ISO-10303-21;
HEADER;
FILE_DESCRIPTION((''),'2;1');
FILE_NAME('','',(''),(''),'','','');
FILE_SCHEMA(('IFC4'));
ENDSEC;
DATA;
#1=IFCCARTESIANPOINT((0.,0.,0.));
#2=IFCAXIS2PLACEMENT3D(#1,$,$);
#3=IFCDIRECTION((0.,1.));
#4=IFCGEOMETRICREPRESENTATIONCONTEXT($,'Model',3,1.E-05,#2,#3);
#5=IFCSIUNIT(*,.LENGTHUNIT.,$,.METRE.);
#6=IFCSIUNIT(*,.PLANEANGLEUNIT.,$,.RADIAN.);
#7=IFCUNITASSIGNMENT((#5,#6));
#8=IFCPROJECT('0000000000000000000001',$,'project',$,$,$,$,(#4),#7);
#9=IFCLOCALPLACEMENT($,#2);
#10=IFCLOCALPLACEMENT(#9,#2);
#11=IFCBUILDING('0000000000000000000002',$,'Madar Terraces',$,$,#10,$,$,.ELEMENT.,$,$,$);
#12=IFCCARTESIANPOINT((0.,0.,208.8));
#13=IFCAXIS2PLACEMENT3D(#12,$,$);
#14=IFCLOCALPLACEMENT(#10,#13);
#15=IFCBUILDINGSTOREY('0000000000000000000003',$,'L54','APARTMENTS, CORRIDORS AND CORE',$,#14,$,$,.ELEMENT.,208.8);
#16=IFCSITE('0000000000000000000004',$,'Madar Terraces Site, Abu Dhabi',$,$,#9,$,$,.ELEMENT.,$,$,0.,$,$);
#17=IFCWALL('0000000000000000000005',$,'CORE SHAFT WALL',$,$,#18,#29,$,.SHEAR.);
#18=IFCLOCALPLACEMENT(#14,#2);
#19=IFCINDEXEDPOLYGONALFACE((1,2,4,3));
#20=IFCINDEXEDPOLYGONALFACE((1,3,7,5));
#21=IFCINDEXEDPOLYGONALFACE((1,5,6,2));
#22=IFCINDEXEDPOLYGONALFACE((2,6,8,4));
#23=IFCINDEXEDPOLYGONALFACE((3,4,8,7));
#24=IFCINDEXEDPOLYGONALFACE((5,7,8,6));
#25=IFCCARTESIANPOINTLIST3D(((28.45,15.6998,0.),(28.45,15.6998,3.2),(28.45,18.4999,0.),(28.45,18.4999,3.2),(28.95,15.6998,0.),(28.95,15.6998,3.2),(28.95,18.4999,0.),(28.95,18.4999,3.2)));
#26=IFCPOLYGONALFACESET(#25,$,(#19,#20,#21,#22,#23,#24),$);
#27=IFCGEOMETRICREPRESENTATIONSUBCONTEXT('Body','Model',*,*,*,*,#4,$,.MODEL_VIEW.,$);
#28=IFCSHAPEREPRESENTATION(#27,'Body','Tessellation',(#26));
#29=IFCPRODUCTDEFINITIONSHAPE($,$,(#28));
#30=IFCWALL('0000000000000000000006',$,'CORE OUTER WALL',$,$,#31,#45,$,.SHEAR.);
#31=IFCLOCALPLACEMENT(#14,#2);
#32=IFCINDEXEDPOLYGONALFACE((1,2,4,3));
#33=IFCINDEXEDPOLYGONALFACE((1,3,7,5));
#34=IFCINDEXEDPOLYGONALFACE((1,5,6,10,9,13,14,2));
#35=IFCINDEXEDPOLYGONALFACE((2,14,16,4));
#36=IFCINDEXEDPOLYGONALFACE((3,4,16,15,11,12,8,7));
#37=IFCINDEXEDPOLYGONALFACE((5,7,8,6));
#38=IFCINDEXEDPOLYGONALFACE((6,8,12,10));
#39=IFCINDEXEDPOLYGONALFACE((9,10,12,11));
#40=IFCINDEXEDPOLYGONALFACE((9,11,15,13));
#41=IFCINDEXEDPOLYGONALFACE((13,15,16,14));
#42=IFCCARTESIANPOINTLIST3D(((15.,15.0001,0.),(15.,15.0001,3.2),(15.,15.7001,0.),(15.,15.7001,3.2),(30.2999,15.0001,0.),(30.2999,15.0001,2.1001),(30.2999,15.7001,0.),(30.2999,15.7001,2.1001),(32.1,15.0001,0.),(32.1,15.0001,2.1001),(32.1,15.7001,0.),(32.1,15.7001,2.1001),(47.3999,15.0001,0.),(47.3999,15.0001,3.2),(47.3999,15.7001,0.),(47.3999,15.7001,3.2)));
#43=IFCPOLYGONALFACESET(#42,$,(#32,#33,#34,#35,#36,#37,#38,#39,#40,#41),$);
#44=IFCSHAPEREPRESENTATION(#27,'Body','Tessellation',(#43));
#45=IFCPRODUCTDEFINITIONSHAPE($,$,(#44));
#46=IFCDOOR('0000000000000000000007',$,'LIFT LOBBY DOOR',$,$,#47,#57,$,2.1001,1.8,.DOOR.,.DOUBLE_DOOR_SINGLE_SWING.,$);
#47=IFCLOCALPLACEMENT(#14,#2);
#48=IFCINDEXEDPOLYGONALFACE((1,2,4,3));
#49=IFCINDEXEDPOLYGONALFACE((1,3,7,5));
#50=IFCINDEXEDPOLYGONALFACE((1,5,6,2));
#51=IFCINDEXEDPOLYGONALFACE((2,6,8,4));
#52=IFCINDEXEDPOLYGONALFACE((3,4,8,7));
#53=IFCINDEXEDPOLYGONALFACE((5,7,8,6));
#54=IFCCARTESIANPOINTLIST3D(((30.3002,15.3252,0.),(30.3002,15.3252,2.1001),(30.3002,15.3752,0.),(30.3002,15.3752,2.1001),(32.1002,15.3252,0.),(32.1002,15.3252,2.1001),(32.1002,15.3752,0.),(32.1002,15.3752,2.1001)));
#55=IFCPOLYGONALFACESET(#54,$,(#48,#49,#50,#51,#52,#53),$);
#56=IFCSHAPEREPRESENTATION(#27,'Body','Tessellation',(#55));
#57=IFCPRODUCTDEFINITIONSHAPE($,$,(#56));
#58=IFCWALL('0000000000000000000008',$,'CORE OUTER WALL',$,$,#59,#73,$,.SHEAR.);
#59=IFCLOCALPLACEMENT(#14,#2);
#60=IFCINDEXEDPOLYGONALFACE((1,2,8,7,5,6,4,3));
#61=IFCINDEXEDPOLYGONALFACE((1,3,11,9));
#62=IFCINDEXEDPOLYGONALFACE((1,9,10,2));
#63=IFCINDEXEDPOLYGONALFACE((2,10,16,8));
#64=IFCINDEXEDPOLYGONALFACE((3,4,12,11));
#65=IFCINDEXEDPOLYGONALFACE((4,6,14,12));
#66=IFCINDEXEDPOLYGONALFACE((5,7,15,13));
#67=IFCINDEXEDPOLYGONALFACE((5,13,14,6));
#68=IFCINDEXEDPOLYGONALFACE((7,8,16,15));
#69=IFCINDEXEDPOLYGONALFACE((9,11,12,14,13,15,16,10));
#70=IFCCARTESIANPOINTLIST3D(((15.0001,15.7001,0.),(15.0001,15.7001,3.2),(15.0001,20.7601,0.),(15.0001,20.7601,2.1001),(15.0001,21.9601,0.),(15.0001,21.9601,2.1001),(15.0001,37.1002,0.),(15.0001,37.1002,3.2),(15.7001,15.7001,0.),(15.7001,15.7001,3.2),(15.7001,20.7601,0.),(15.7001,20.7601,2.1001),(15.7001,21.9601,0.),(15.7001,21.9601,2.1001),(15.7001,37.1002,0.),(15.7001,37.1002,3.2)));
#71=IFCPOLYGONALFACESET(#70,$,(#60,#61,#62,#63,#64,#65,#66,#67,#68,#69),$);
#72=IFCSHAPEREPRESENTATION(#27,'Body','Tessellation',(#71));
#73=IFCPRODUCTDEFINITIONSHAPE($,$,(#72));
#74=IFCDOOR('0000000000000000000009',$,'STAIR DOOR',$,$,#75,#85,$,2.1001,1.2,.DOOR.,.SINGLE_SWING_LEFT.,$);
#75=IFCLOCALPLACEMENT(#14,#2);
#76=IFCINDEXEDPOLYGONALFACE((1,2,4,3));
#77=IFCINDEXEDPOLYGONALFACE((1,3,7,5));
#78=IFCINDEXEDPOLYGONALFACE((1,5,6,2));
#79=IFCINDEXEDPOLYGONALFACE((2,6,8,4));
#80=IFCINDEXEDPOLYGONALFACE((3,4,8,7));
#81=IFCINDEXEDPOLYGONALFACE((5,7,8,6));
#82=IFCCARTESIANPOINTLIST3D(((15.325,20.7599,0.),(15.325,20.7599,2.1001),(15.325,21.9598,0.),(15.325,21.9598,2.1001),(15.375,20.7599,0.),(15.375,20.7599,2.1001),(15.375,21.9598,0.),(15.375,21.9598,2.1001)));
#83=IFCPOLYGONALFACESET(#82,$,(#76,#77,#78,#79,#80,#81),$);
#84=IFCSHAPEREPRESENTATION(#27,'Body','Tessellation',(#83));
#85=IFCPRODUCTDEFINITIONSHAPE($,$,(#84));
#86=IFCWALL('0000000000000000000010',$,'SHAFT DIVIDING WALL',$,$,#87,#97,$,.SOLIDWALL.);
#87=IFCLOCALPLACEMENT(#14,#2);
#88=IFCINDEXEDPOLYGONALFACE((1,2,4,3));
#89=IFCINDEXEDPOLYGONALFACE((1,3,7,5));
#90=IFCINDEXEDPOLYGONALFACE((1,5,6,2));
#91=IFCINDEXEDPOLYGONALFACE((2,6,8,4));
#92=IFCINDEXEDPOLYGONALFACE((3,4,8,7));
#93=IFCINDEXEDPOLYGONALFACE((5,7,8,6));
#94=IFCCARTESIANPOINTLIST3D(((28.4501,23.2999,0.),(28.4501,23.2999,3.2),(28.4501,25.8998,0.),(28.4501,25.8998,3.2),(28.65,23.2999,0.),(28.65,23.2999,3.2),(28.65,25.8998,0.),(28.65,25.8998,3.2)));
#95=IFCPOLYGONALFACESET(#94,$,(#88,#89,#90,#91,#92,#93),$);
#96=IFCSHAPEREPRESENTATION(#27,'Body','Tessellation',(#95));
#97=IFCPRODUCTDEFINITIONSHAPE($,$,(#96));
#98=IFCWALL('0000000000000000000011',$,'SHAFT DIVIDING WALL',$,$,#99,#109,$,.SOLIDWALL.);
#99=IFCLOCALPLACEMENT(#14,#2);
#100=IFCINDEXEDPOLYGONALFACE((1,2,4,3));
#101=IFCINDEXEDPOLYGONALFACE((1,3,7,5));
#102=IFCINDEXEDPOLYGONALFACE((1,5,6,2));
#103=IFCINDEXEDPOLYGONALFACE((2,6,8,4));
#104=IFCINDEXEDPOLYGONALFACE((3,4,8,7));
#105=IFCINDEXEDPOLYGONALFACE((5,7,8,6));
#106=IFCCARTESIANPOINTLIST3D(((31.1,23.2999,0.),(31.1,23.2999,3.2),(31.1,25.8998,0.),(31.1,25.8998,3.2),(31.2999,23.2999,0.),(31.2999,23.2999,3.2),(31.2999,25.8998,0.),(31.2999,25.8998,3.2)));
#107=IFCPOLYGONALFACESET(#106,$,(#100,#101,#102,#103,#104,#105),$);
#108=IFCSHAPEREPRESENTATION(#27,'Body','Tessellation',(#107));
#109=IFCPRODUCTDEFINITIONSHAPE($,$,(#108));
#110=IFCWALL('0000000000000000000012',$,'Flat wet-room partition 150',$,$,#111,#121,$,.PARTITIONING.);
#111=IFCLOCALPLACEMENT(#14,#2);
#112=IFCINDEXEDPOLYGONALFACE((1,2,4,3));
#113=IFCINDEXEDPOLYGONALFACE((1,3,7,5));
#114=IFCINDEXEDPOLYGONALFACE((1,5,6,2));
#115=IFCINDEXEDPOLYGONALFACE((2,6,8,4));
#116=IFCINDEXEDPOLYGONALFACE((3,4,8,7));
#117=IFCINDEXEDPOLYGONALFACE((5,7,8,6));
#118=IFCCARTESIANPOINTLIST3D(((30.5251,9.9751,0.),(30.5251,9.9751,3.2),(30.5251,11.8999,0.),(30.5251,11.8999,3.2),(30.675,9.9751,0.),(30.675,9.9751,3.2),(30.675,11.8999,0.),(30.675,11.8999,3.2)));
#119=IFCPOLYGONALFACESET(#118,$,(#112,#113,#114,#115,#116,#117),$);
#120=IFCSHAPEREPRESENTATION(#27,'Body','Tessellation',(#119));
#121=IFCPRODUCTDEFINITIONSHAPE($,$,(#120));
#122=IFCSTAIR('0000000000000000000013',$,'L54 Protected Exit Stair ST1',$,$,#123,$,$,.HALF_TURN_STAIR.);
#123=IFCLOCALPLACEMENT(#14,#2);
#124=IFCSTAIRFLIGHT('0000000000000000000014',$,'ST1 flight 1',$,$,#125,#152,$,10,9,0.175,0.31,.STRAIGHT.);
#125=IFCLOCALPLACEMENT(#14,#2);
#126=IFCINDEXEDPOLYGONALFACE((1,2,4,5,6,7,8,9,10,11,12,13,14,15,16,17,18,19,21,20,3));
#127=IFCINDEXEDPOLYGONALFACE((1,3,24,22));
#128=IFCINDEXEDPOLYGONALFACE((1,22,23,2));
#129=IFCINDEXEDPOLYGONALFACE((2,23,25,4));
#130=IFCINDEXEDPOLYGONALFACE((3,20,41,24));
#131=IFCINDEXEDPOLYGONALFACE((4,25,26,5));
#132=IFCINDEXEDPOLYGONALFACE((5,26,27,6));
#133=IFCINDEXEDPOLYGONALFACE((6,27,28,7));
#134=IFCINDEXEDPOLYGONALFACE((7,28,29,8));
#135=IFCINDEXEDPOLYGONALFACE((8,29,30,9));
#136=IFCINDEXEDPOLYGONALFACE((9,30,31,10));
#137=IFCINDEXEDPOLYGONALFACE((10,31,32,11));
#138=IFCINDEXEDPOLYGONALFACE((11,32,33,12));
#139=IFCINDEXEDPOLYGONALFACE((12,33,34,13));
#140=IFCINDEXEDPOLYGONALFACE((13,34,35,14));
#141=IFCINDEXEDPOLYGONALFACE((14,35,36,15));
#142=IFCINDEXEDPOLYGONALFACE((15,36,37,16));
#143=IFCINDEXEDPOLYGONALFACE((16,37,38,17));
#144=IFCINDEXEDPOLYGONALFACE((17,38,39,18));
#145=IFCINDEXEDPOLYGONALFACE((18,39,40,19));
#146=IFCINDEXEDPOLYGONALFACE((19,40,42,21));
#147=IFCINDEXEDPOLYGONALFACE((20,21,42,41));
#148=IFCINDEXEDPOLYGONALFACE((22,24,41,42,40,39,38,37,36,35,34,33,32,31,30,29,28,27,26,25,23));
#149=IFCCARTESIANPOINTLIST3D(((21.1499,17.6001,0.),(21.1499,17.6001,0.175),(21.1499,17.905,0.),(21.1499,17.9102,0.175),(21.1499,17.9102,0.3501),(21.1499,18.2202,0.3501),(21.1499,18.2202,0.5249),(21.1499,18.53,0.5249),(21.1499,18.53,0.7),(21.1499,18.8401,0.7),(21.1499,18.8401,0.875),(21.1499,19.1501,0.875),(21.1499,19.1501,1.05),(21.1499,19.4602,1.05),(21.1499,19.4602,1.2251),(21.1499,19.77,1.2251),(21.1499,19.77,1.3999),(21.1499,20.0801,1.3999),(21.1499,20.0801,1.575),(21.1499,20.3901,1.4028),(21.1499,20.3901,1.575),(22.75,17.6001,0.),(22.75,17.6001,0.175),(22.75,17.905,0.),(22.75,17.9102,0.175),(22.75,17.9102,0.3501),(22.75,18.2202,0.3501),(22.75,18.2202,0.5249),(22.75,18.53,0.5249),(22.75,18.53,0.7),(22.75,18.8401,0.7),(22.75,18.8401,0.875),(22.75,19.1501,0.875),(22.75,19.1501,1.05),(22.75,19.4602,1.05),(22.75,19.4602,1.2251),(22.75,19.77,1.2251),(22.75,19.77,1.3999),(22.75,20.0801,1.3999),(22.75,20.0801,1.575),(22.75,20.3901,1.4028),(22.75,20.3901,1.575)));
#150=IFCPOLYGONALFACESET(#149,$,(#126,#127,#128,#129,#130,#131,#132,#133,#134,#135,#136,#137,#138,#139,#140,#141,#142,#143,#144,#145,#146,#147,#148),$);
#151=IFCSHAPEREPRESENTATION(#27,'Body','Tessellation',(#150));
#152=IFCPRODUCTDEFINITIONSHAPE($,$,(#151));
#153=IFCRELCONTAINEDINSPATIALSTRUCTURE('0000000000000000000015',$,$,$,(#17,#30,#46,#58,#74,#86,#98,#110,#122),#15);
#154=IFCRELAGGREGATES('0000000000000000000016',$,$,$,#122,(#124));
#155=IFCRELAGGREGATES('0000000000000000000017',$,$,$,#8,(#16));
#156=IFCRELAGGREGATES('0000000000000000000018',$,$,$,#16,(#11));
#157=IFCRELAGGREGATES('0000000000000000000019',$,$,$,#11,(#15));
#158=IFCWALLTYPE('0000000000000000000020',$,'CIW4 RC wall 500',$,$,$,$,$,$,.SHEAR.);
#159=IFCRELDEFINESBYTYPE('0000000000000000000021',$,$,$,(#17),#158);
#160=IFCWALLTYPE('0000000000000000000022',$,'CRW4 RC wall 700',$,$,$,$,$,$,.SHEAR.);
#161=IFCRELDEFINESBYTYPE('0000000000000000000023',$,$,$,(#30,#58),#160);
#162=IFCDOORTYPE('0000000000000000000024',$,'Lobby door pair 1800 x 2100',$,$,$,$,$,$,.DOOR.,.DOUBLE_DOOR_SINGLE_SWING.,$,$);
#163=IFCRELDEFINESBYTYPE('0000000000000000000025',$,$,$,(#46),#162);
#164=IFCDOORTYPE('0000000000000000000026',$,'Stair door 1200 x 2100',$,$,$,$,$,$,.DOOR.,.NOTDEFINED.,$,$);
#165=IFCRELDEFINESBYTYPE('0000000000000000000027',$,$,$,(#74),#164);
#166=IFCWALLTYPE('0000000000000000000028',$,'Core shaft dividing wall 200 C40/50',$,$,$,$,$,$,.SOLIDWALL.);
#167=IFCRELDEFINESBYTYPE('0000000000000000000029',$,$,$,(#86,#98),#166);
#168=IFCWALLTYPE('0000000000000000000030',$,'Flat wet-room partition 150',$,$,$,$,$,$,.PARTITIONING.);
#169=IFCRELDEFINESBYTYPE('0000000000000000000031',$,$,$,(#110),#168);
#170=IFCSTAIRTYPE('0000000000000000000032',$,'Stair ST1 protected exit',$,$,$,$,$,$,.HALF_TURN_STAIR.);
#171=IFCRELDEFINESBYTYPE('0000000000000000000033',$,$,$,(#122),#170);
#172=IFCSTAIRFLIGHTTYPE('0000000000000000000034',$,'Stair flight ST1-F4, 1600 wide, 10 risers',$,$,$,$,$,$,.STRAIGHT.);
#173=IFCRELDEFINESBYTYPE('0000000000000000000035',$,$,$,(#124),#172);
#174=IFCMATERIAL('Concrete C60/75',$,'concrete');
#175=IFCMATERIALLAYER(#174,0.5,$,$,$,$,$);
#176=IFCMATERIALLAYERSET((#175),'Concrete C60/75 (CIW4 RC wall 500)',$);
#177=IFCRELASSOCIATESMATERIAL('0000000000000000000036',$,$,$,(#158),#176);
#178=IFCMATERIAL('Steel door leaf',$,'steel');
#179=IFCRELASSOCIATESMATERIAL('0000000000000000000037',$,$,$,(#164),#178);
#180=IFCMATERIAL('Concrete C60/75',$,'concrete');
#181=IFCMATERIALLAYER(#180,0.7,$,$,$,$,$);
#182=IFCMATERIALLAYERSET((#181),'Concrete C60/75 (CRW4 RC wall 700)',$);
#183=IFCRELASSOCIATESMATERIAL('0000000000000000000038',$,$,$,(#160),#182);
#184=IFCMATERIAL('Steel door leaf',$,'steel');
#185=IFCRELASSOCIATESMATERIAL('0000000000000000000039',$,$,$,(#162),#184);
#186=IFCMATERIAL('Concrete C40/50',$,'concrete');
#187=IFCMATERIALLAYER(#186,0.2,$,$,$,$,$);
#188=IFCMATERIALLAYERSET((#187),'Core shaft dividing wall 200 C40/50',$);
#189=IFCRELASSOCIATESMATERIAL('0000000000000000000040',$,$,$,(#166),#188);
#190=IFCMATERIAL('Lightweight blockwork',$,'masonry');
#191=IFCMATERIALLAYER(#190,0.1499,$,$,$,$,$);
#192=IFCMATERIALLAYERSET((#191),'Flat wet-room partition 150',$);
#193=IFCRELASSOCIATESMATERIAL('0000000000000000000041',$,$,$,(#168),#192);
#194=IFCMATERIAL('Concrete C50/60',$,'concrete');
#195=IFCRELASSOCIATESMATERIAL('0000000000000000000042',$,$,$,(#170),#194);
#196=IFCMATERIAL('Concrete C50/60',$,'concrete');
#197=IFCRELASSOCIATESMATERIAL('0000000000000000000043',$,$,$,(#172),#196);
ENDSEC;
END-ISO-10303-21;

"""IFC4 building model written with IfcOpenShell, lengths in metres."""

from ifc_helpers import new_model, si_unit, direction, frame, frame_2d, origin, place, context, subcontext, project, spatial, polyline, rectangle, outline, extrude, material, layer, layer_set, type_object, element, fill, aggregate, save


model = new_model("IFC4")

# Units and contexts
model_context = context("Model", 3, precision=1e-05, world=origin(), true_north=direction((0.0, 1.0)))
body_context = subcontext(model_context, "Body", "Model", "MODEL_VIEW")
ifc_project = project(units=[si_unit("LENGTHUNIT", "METRE"), si_unit("PLANEANGLEUNIT", "RADIAN")], contexts=[model_context])

# Site, building, storey
site_placement = place(None, origin())
site = spatial("IfcSite", under=ifc_project, at=site_placement, Name="Madar Terraces Site, Abu Dhabi", CompositionType="ELEMENT", RefElevation=0.0)
building_placement = place(site_placement, origin())
building = spatial("IfcBuilding", under=site, at=building_placement, Name="Madar Terraces", CompositionType="ELEMENT")
storey_placement = place(building_placement, frame((0.0, 0.0, 208.8)))
storey = spatial("IfcBuildingStorey", under=building, at=storey_placement, Name="L54", Description="APARTMENTS, CORRIDORS AND CORE", CompositionType="ELEMENT", Elevation=208.8)

# Shared definitions
ifc_material_1 = material(Name="Concrete C60/75", Category="concrete")
ifc_layer_1 = layer(ifc_material_1, 0.5)
ifc_layer_set_1 = layer_set([ifc_layer_1], Name="Concrete C60/75 (CIW4 RC wall 500)")
wall_type_1 = type_object("IfcWallType", Name="CIW4 RC wall 500", PredefinedType="SHEAR", material=ifc_layer_set_1)
ifc_material_2 = material(Name="Steel door leaf", Category="steel")
door_type_1 = type_object("IfcDoorType", Name="Stair door 1200 x 2100", OperationType="NOTDEFINED", PredefinedType="DOOR", material=ifc_material_2)

# Wall
wall_1_placement = place(storey_placement, frame((28.7, 15.7, 0.0), z_axis=(0.0, 0.0, 1.0), x_axis=(0.0, 1.0, 0.0)))
element("IfcWall", 1, at=wall_1_placement, inside=storey, type_object=wall_type_1, Name="CORE SHAFT WALL", PredefinedType="SHEAR", context=body_context, shape_type="SweptSolid", body=[
    extrude(rectangle(XDim=2.8, YDim=0.5, at=frame_2d((1.3999, 0.0))), origin(), (0.0, 0.0, 1.0), 3.2),
])

# Walls, openings, doors
ifc_material_3 = material(Name="Concrete C60/75", Category="concrete")
ifc_layer_2 = layer(ifc_material_3, 0.7)
ifc_layer_set_2 = layer_set([ifc_layer_2], Name="Concrete C60/75 (CRW4 RC wall 700)")
wall_type_2 = type_object("IfcWallType", Name="CRW4 RC wall 700", PredefinedType="SHEAR", material=ifc_layer_set_2)
wall_2_placement = place(storey_placement, frame((15.0, 15.3501, 0.0), z_axis=(0.0, 0.0, 1.0), x_axis=(1.0, 0.0, 0.0)))
wall_2 = element("IfcWall", 2, at=wall_2_placement, inside=storey, type_object=wall_type_2, Name="CORE OUTER WALL", PredefinedType="SHEAR", context=body_context, shape_type="SweptSolid", body=[
    extrude(rectangle(XDim=32.3999, YDim=0.7, at=frame_2d((16.2, 0.0))), origin(), (0.0, 0.0, 1.0), 3.2),
])
opening_1_placement = place(wall_2_placement, frame((15.3, 0.0, 0.0)))
opening_1 = element("IfcOpeningElement", 3, at=opening_1_placement, cuts=wall_2, PredefinedType="OPENING", context=body_context, shape_type="SweptSolid", body=[
    extrude(rectangle(XDim=1.8, YDim=2.1001, at=frame_2d((0.8999, 1.05))), frame((0.0, 0.3599, 0.0), z_axis=(0.0, -1.0, 0.0), x_axis=(1.0, 0.0, 0.0)), (0.0, 0.0, 1.0), 0.72),
])
ifc_material_4 = material(Name="Steel door leaf", Category="steel")
door_type_2 = type_object("IfcDoorType", Name="Lobby door pair 1800 x 2100", OperationType="DOUBLE_DOOR_SINGLE_SWING", PredefinedType="DOOR", material=ifc_material_4)
door_1_placement = place(opening_1_placement, frame((1.8, 0.0, 0.0), z_axis=(0.0, 0.0, 1.0), x_axis=(-1.0, 0.0, 0.0)))
door_1 = element("IfcDoor", 4, at=door_1_placement, inside=storey, type_object=door_type_2, Name="LIFT LOBBY DOOR", OperationType="DOUBLE_DOOR_SINGLE_SWING", OverallHeight=2.1001, OverallWidth=1.8, PredefinedType="DOOR", context=body_context, shape_type="SweptSolid", body=[
    extrude(rectangle(XDim=1.8, YDim=2.1001, at=frame_2d((0.8999, 1.05))), frame((0.0, 0.0249, 0.0), z_axis=(0.0, -1.0, 0.0), x_axis=(1.0, 0.0, 0.0)), (0.0, 0.0, 1.0), 0.05),
])
fill(opening_1, door_1)
wall_3_placement = place(storey_placement, frame((15.3501, 15.7, 0.0), z_axis=(0.0, 0.0, 1.0), x_axis=(0.0, 1.0, 0.0)))
wall_3 = element("IfcWall", 5, at=wall_3_placement, inside=storey, type_object=wall_type_2, Name="CORE OUTER WALL", PredefinedType="SHEAR", context=body_context, shape_type="SweptSolid", body=[
    extrude(rectangle(XDim=21.4001, YDim=0.7, at=frame_2d((10.7002, 0.0))), origin(), (0.0, 0.0, 1.0), 3.2),
])
opening_2_placement = place(wall_3_placement, frame((5.0601, 0.0, 0.0)))
opening_2 = element("IfcOpeningElement", 6, at=opening_2_placement, cuts=wall_3, PredefinedType="OPENING", context=body_context, shape_type="SweptSolid", body=[
    extrude(rectangle(XDim=1.2, YDim=2.1001, at=frame_2d((0.6001, 1.05))), frame((0.0, 0.3599, 0.0), z_axis=(0.0, -1.0, 0.0), x_axis=(1.0, 0.0, 0.0)), (0.0, 0.0, 1.0), 0.72),
])
door_2_placement = place(opening_2_placement, frame((1.2, 0.0, 0.0), z_axis=(0.0, 0.0, 1.0), x_axis=(-1.0, 0.0, 0.0)))
door_2 = element("IfcDoor", 7, at=door_2_placement, inside=storey, type_object=door_type_1, Name="STAIR DOOR", OperationType="SINGLE_SWING_LEFT", OverallHeight=2.1001, OverallWidth=1.2, PredefinedType="DOOR", context=body_context, shape_type="SweptSolid", body=[
    extrude(rectangle(XDim=1.2, YDim=2.1001, at=frame_2d((0.6001, 1.05))), frame((0.0, 0.0249, 0.0), z_axis=(0.0, -1.0, 0.0), x_axis=(1.0, 0.0, 0.0)), (0.0, 0.0, 1.0), 0.05),
])
fill(opening_2, door_2)

# Walls
ifc_material_5 = material(Name="Concrete C40/50", Category="concrete")
ifc_layer_3 = layer(ifc_material_5, 0.2)
ifc_layer_set_3 = layer_set([ifc_layer_3], Name="Core shaft dividing wall 200 C40/50")
wall_type_3 = type_object("IfcWallType", Name="Core shaft dividing wall 200 C40/50", PredefinedType="SOLIDWALL", material=ifc_layer_set_3)
for number, where, z_axis, x_axis, name in (
    (8, (28.55, 23.3, 0.0), (0.0, 0.0, 1.0), (0.0, 1.0, 0.0), "SHAFT DIVIDING WALL"),
    (9, (31.2, 23.3, 0.0), (0.0, 0.0, 1.0), (0.0, 1.0, 0.0), "SHAFT DIVIDING WALL"),
):
    element("IfcWall", number, at=place(storey_placement, frame(where, z_axis=z_axis, x_axis=x_axis)), inside=storey, type_object=wall_type_3, Name=name, PredefinedType="SOLIDWALL", context=body_context, shape_type="SweptSolid", body=[
        extrude(rectangle(XDim=2.5999, YDim=0.2, at=frame_2d((1.2998, 0.0))), origin(), (0.0, 0.0, 1.0), 3.2),
    ])
ifc_material_6 = material(Name="Lightweight blockwork", Category="masonry")
ifc_layer_4 = layer(ifc_material_6, 0.1499)
ifc_layer_set_4 = layer_set([ifc_layer_4], Name="Flat wet-room partition 150")
wall_type_4 = type_object("IfcWallType", Name="Flat wet-room partition 150", PredefinedType="PARTITIONING", material=ifc_layer_set_4)
wall_4_placement = place(storey_placement, frame((30.6001, 11.8999, 0.0), z_axis=(0.0, 0.0, 1.0), x_axis=(0.0, -1.0, 0.0)))
element("IfcWall", 10, at=wall_4_placement, inside=storey, type_object=wall_type_4, Name="Flat wet-room partition 150", PredefinedType="PARTITIONING", context=body_context, shape_type="SweptSolid", body=[
    extrude(rectangle(XDim=1.9248, YDim=0.1499, at=frame_2d((0.9624, 0.0))), origin(), (0.0, 0.0, 1.0), 3.2),
])

# Stair, stair flight
ifc_material_7 = material(Name="Concrete C50/60", Category="concrete")
stair_type = type_object("IfcStairType", Name="Stair ST1 protected exit", PredefinedType="HALF_TURN_STAIR", material=ifc_material_7)
stair_placement = place(storey_placement, origin())
stair = element("IfcStair", 11, at=stair_placement, inside=storey, type_object=stair_type, Name="L54 Protected Exit Stair ST1", PredefinedType="HALF_TURN_STAIR")
ifc_material_8 = material(Name="Concrete C50/60", Category="concrete")
stair_flight_type = type_object("IfcStairFlightType", Name="Stair flight ST1-F4, 1600 wide, 10 risers", PredefinedType="STRAIGHT", material=ifc_material_8)
stair_flight_1_placement = place(storey_placement, frame((21.95, 17.6001, 0.0), z_axis=(0.0, 0.0, 1.0), x_axis=(0.0, 1.0, 0.0)))
stair_flight_1 = element("IfcStairFlight", 12, at=stair_flight_1_placement, type_object=stair_flight_type, Name="ST1 flight 1", NumberOfRisers=10, NumberOfTreads=9, PredefinedType="STRAIGHT", RiserHeight=0.175, TreadLength=0.31, context=body_context, shape_type="SweptSolid", body=[
    extrude(outline(polyline([(0.0, 0.0), (0.0, 0.175), (0.3101, 0.175), (0.3101, 0.3501), (0.6201, 0.3501), (0.6201, 0.5249), (0.9299, 0.5249), (0.9299, 0.7), (1.24, 0.7), (1.24, 0.875), (1.55, 0.875), (1.55, 1.05), (1.8601, 1.05), (1.8601, 1.2251), (2.1699, 1.2251), (2.1699, 1.3999), (2.48, 1.3999), (2.48, 1.575), (2.79, 1.575), (2.79, 1.75), (2.79, 1.4028), (0.3049, 0.0), (0.0, 0.0)])), frame((0.0, 0.8, 0.0), z_axis=(0.0, -1.0, 0.0), x_axis=(1.0, 0.0, 0.0)), (0.0, 0.0, 1.0), 1.6001),
])
aggregate(stair, [stair_flight_1])

save(model, "model.ifc")
